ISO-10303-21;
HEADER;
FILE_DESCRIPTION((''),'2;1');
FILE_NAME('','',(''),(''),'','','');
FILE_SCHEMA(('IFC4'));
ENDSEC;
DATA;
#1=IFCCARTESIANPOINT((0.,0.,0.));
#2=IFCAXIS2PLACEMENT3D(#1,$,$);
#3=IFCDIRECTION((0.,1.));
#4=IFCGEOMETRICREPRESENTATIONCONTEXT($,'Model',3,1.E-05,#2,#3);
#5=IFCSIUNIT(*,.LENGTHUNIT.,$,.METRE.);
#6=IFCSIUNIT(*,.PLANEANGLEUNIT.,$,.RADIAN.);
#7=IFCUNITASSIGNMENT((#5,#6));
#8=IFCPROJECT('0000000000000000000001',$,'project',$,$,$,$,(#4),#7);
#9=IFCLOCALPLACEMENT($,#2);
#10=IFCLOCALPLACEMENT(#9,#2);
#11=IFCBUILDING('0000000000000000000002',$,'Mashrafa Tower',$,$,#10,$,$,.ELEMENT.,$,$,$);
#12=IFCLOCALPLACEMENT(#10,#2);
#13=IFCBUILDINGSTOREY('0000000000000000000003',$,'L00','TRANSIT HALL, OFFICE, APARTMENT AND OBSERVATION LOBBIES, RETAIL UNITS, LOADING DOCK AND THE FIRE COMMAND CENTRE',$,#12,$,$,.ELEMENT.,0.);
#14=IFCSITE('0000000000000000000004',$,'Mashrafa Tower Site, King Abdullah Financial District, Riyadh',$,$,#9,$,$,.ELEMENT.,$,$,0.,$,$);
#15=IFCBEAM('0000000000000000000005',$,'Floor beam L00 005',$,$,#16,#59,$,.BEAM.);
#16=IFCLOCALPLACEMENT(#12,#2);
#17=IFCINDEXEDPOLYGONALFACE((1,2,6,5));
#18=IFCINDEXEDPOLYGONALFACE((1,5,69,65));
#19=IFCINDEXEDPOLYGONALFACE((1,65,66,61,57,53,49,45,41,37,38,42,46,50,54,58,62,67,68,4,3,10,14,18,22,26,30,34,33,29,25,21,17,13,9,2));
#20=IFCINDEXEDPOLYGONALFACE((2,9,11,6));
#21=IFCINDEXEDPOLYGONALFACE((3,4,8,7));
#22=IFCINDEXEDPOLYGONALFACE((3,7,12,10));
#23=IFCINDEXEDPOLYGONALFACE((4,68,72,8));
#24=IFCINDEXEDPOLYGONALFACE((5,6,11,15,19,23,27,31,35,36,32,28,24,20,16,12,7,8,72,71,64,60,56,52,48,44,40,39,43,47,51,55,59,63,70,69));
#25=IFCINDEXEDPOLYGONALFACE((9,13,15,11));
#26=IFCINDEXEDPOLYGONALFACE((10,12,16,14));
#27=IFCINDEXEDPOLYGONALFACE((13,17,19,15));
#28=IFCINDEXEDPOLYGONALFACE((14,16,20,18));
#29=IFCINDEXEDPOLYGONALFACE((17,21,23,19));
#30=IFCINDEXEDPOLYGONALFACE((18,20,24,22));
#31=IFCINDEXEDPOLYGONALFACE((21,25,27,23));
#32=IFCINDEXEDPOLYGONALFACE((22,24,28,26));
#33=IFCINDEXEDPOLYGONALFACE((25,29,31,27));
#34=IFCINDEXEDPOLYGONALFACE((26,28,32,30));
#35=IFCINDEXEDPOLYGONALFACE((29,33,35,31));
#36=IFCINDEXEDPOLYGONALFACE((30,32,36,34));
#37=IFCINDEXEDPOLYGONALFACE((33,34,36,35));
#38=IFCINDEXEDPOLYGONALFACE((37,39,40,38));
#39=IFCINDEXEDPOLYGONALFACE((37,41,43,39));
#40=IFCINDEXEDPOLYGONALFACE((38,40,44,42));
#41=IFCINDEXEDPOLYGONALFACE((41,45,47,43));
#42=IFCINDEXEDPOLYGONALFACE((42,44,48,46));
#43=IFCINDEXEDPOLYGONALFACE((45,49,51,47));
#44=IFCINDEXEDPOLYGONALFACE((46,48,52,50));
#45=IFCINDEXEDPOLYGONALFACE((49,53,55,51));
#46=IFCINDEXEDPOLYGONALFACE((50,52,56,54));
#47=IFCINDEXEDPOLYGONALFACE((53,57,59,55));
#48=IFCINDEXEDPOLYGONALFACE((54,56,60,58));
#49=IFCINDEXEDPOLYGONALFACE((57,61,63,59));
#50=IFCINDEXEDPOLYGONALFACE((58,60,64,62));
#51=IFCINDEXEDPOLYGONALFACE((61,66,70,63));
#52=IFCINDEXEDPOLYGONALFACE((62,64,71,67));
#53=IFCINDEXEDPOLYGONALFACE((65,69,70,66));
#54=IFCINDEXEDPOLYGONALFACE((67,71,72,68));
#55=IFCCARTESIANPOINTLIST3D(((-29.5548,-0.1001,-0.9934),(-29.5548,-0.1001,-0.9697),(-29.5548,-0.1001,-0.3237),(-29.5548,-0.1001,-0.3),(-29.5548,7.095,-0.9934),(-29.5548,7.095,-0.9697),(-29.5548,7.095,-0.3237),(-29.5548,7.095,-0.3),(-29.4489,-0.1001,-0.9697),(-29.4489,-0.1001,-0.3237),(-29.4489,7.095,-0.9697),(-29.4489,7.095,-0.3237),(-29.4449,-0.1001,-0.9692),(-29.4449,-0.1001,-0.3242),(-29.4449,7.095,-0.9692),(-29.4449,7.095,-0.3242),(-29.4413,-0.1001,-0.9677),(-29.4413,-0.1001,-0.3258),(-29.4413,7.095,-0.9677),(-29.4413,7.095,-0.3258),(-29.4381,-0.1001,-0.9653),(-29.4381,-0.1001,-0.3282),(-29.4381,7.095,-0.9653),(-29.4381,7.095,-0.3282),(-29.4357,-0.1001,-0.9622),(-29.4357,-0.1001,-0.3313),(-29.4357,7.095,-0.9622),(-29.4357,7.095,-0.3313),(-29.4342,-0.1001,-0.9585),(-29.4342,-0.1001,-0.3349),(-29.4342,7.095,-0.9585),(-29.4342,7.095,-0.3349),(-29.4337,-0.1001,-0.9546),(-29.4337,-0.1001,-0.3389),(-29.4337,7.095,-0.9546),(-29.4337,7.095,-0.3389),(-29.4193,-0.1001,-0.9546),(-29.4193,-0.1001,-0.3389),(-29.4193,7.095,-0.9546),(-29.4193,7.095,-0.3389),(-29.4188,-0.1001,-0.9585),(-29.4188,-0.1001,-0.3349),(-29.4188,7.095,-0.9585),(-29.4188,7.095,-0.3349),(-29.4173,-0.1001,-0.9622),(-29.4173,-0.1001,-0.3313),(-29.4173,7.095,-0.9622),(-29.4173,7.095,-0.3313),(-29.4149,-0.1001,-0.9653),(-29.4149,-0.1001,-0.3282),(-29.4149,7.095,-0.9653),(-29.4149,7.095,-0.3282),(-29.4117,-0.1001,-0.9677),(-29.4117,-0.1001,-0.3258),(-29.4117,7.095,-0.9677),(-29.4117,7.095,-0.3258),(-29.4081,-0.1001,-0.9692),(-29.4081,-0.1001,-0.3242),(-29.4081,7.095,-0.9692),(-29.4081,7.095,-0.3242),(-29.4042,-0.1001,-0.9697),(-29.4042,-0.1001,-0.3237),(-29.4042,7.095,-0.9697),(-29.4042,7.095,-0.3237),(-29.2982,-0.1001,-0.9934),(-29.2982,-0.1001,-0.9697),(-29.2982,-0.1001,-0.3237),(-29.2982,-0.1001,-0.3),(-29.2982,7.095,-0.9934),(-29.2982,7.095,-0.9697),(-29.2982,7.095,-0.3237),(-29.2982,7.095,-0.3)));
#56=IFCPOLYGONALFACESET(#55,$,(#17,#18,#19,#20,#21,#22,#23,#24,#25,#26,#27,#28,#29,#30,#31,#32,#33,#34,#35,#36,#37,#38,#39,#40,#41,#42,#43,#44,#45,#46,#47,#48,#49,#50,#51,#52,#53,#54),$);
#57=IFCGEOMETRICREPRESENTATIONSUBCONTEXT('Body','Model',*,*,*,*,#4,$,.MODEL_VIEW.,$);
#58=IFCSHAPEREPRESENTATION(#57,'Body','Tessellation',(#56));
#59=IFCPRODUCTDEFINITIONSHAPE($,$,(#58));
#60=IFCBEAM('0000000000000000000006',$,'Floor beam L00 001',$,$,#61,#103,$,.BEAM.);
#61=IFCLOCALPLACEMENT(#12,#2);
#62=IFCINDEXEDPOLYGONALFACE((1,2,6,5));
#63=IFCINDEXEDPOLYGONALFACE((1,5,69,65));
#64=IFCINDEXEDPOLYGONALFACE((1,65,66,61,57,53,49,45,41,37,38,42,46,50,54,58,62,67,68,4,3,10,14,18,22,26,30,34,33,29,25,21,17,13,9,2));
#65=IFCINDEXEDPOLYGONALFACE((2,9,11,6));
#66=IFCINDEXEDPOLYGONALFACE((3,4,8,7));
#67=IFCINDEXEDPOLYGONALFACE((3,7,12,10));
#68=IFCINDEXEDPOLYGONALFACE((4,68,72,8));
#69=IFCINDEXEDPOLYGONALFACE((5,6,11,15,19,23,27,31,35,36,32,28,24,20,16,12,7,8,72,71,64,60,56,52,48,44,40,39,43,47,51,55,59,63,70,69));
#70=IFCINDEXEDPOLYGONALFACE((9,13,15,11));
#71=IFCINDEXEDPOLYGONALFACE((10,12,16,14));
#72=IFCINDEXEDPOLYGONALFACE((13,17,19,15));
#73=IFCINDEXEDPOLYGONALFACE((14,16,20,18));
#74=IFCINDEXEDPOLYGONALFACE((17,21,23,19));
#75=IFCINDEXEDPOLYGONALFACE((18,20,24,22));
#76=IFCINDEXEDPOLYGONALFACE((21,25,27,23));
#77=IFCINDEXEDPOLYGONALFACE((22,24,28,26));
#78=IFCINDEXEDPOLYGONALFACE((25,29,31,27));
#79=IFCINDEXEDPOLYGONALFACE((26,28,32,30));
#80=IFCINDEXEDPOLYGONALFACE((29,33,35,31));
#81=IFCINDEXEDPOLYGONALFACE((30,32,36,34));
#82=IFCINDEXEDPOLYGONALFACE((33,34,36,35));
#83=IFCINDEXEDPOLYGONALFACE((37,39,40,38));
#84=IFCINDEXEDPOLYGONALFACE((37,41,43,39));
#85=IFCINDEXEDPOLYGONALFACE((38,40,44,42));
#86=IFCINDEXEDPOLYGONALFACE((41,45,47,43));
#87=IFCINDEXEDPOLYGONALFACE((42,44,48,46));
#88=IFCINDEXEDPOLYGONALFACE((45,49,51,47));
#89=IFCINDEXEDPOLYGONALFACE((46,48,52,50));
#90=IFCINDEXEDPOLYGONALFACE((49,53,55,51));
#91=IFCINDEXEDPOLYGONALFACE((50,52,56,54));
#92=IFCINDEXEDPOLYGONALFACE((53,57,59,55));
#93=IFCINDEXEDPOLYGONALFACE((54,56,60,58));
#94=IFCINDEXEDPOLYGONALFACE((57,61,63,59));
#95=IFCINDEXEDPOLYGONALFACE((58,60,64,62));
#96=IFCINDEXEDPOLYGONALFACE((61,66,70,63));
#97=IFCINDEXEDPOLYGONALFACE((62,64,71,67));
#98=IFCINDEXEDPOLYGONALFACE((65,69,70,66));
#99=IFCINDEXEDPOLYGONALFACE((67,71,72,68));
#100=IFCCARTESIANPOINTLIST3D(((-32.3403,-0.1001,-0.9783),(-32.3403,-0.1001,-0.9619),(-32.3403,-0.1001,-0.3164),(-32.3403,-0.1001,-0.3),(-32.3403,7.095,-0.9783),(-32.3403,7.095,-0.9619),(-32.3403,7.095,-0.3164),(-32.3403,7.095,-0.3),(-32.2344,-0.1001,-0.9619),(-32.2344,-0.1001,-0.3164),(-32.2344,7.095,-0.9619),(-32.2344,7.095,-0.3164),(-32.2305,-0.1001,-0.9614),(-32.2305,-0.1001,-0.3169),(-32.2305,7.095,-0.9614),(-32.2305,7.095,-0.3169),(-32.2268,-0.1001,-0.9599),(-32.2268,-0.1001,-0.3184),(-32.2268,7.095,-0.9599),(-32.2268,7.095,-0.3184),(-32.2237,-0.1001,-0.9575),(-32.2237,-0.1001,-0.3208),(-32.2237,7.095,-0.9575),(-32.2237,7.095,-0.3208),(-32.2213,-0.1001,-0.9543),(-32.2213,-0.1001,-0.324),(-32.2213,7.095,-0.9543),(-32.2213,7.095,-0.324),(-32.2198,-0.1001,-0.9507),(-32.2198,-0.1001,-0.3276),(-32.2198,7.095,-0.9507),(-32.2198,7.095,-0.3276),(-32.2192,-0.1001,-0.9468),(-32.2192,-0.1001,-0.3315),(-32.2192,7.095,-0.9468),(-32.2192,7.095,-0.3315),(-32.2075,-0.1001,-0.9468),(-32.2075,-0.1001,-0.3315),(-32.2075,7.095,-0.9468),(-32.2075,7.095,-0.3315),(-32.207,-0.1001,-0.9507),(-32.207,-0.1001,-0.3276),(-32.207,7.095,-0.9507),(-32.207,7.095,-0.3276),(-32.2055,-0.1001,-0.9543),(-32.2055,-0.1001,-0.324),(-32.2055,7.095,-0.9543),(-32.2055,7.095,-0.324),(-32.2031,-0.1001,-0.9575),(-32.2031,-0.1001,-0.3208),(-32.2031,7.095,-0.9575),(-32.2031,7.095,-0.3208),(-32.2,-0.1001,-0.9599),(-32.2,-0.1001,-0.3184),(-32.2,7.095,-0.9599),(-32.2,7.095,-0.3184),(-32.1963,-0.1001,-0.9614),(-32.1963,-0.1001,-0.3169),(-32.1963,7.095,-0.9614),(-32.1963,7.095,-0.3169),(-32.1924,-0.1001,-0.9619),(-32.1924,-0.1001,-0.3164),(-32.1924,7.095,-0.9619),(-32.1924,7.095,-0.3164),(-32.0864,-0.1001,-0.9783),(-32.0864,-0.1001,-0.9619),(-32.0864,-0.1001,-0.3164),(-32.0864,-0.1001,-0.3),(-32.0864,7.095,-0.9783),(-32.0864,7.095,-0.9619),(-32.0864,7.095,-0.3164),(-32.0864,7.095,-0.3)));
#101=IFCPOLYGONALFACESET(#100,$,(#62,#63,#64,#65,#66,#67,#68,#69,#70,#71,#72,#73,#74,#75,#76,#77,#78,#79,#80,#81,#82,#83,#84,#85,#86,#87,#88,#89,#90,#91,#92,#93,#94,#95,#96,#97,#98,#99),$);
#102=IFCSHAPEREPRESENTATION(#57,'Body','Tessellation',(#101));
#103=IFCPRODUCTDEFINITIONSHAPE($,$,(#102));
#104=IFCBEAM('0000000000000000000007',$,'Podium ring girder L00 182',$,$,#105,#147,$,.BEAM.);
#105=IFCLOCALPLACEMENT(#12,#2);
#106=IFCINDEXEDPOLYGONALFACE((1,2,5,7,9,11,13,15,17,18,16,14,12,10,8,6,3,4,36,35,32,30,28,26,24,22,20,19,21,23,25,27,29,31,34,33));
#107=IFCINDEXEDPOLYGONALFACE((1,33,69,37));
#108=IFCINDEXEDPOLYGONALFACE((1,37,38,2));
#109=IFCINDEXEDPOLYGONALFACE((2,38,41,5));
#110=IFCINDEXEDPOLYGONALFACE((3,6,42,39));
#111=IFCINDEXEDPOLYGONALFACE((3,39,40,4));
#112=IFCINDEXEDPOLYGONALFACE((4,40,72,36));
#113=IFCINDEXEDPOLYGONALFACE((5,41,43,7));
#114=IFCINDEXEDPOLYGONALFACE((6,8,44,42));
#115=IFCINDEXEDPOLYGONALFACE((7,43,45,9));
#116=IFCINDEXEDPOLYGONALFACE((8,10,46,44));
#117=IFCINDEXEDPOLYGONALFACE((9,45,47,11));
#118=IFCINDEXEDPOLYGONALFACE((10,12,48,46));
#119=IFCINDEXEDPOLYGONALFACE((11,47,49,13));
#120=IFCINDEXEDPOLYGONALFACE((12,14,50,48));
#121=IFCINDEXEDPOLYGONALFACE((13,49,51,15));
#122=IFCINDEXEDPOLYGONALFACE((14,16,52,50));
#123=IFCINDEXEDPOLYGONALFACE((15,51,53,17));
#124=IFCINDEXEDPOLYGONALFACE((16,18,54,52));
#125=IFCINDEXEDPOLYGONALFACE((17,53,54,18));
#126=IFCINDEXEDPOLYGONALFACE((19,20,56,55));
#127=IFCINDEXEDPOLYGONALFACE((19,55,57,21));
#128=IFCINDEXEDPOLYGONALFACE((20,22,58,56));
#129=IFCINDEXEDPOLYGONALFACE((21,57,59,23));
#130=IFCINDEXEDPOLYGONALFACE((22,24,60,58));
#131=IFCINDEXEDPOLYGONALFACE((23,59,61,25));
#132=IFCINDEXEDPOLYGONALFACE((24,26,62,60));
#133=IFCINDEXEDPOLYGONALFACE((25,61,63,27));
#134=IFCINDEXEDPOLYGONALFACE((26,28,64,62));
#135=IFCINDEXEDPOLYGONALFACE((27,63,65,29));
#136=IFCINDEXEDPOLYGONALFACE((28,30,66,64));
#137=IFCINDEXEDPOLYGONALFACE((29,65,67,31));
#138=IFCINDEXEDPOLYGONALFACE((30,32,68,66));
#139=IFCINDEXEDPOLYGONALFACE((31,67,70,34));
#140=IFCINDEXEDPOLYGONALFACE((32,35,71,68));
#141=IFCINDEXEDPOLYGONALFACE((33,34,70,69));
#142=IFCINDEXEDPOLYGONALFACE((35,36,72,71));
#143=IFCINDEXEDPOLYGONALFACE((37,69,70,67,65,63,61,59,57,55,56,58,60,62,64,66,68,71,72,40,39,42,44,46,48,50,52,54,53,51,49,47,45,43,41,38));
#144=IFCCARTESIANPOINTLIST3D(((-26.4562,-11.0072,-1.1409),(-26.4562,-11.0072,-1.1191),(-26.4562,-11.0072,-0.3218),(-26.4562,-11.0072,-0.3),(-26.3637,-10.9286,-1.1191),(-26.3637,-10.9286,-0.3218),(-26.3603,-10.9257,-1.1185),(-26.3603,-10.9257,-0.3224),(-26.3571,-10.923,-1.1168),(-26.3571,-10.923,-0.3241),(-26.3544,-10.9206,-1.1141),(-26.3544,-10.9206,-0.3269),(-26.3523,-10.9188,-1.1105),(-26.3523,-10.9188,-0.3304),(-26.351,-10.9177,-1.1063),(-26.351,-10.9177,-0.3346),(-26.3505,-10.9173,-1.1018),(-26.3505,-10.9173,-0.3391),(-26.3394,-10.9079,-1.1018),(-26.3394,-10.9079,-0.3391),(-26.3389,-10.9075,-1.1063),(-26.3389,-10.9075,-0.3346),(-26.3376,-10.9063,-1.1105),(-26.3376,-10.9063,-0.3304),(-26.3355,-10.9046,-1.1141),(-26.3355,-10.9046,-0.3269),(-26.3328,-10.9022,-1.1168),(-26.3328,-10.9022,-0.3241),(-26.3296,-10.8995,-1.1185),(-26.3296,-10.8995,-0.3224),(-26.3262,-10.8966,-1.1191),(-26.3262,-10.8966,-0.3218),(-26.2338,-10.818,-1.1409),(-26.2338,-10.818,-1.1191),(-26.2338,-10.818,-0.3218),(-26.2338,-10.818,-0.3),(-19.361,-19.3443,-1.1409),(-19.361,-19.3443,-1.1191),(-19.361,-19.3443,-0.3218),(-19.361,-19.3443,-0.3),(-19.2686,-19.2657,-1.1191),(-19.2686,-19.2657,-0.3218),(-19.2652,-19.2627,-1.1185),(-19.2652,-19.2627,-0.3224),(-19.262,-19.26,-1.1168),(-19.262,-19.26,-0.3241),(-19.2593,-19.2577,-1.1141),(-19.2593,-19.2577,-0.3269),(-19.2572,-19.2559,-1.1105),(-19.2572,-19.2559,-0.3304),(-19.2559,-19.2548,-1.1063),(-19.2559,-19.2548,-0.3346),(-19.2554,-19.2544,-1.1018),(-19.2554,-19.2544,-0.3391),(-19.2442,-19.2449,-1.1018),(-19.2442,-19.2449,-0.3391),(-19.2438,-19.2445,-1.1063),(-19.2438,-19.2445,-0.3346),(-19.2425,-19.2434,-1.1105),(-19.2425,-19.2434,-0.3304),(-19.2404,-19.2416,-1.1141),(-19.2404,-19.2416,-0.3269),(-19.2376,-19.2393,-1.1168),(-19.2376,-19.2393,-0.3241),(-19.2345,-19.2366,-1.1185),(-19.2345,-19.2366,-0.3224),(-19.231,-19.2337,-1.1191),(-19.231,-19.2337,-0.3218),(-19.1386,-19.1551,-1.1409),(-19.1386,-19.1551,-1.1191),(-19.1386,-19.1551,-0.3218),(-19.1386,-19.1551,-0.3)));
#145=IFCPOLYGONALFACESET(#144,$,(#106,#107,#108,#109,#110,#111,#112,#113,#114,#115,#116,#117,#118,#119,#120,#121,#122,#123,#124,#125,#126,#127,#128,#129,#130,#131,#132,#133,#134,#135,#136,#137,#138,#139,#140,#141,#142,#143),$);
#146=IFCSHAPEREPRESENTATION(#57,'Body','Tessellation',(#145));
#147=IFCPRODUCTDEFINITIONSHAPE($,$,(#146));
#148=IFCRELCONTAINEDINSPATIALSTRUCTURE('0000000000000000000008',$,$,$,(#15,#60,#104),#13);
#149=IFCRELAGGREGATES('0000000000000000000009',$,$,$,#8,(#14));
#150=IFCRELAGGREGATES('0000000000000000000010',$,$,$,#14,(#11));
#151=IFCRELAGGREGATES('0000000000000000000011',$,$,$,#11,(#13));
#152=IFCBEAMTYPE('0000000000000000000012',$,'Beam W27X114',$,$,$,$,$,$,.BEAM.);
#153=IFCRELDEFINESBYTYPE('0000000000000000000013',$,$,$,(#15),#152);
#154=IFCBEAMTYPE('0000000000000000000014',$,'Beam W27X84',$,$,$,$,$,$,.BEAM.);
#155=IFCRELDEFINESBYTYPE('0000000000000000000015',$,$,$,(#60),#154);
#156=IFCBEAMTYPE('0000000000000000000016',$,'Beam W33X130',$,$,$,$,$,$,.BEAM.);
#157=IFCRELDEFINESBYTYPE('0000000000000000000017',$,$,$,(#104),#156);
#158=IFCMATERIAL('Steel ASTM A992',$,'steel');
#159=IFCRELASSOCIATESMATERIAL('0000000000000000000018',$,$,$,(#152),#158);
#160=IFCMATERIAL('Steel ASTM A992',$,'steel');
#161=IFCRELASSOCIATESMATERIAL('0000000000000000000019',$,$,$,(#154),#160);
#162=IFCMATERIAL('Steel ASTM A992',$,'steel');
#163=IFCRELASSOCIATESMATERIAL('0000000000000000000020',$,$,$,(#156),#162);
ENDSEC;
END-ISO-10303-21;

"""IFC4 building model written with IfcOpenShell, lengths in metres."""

from ifc_helpers import new_model, si_unit, direction, frame, origin, origin_2d, place, context, subcontext, project, spatial, i_section, extrude, material, material_profile, profile_set, type_object, element, save


model = new_model("IFC4")

# Units and contexts
model_context = context("Model", 3, precision=1e-05, world=origin(), true_north=direction((0.0, 1.0)))
body_context = subcontext(model_context, "Body", "Model", "MODEL_VIEW")
ifc_project = project(units=[si_unit("LENGTHUNIT", "METRE"), si_unit("PLANEANGLEUNIT", "RADIAN")], contexts=[model_context])

# Site, building, storey
site_placement = place(None, origin())
site = spatial("IfcSite", under=ifc_project, at=site_placement, Name="Mashrafa Tower Site, King Abdullah Financial District, Riyadh", CompositionType="ELEMENT", RefElevation=0.0)
building_placement = place(site_placement, origin())
building = spatial("IfcBuilding", under=site, at=building_placement, Name="Mashrafa Tower", CompositionType="ELEMENT")
storey_placement = place(building_placement, origin())
storey = spatial("IfcBuildingStorey", under=building, at=storey_placement, Name="L00", Description="TRANSIT HALL, OFFICE, APARTMENT AND OBSERVATION LOBBIES, RETAIL UNITS, LOADING DOCK AND THE FIRE COMMAND CENTRE", CompositionType="ELEMENT", Elevation=0.0)

# Beams
ifc_material_1 = material(Name="Steel ASTM A992", Category="steel")
ifc_material_profile_1 = material_profile(ifc_material_1, i_section(OverallWidth=0.2566, OverallDepth=0.6934, WebThickness=0.0144, FlangeThickness=0.0237, FilletRadius=0.0151, at=origin_2d()), Name="W27X114")
ifc_profile_set_1 = profile_set([ifc_material_profile_1], Name="Steel ASTM A992")
beam_type_1 = type_object("IfcBeamType", Name="Beam W27X114", PredefinedType="BEAM", material=ifc_profile_set_1)
beam_1_placement = place(storey_placement, frame((-29.4265, -0.1001, -0.6467), z_axis=(0.0, 1.0, 0.0), x_axis=(-1.0, 0.0, 0.0)))
element("IfcBeam", 1, at=beam_1_placement, inside=storey, type_object=beam_type_1, Name="Floor beam L00 005", PredefinedType="BEAM", context=body_context, shape_type="SweptSolid", body=[
    extrude(i_section(OverallWidth=0.2566, OverallDepth=0.6934, WebThickness=0.0144, FlangeThickness=0.0237, FilletRadius=0.0151, at=origin_2d()), origin(), (0.0, 0.0, 1.0), 7.1951),
])
ifc_material_2 = material(Name="Steel ASTM A992", Category="steel")
ifc_material_profile_2 = material_profile(ifc_material_2, i_section(OverallWidth=0.2539, OverallDepth=0.6782, WebThickness=0.0117, FlangeThickness=0.0164, FilletRadius=0.0151, at=origin_2d()), Name="W27X84")
ifc_profile_set_2 = profile_set([ifc_material_profile_2], Name="Steel ASTM A992")
beam_type_2 = type_object("IfcBeamType", Name="Beam W27X84", PredefinedType="BEAM", material=ifc_profile_set_2)
beam_2_placement = place(storey_placement, frame((-32.2134, -0.1001, -0.6392), z_axis=(0.0, 1.0, 0.0), x_axis=(-1.0, 0.0, 0.0)))
element("IfcBeam", 2, at=beam_2_placement, inside=storey, type_object=beam_type_2, Name="Floor beam L00 001", PredefinedType="BEAM", context=body_context, shape_type="SweptSolid", body=[
    extrude(i_section(OverallWidth=0.2539, OverallDepth=0.6782, WebThickness=0.0117, FlangeThickness=0.0164, FilletRadius=0.0151, at=origin_2d()), origin(), (0.0, 0.0, 1.0), 7.1951),
])
ifc_material_3 = material(Name="Steel ASTM A992", Category="steel")
ifc_material_profile_3 = material_profile(ifc_material_3, i_section(OverallWidth=0.292, OverallDepth=0.8408, WebThickness=0.0146, FlangeThickness=0.0217, FilletRadius=0.0173, at=origin_2d()), Name="W33X130")
ifc_profile_set_3 = profile_set([ifc_material_profile_3], Name="Steel ASTM A992")
beam_type_3 = type_object("IfcBeamType", Name="Beam W33X130", PredefinedType="BEAM", material=ifc_profile_set_3)
beam_3_placement = place(storey_placement, frame((-26.345, -10.9126, -0.7205), z_axis=(0.648106, -0.76155, 0.0), x_axis=(0.76155, 0.648106, 0.0)))
element("IfcBeam", 3, at=beam_3_placement, inside=storey, type_object=beam_type_3, Name="Podium ring girder L00 182", PredefinedType="BEAM", context=body_context, shape_type="SweptSolid", body=[
    extrude(i_section(OverallWidth=0.292, OverallDepth=0.8408, WebThickness=0.0146, FlangeThickness=0.0217, FilletRadius=0.0173, at=origin_2d()), origin(), (0.0, 0.0, 1.0), 10.9475),
])

save(model, "model.ifc")
